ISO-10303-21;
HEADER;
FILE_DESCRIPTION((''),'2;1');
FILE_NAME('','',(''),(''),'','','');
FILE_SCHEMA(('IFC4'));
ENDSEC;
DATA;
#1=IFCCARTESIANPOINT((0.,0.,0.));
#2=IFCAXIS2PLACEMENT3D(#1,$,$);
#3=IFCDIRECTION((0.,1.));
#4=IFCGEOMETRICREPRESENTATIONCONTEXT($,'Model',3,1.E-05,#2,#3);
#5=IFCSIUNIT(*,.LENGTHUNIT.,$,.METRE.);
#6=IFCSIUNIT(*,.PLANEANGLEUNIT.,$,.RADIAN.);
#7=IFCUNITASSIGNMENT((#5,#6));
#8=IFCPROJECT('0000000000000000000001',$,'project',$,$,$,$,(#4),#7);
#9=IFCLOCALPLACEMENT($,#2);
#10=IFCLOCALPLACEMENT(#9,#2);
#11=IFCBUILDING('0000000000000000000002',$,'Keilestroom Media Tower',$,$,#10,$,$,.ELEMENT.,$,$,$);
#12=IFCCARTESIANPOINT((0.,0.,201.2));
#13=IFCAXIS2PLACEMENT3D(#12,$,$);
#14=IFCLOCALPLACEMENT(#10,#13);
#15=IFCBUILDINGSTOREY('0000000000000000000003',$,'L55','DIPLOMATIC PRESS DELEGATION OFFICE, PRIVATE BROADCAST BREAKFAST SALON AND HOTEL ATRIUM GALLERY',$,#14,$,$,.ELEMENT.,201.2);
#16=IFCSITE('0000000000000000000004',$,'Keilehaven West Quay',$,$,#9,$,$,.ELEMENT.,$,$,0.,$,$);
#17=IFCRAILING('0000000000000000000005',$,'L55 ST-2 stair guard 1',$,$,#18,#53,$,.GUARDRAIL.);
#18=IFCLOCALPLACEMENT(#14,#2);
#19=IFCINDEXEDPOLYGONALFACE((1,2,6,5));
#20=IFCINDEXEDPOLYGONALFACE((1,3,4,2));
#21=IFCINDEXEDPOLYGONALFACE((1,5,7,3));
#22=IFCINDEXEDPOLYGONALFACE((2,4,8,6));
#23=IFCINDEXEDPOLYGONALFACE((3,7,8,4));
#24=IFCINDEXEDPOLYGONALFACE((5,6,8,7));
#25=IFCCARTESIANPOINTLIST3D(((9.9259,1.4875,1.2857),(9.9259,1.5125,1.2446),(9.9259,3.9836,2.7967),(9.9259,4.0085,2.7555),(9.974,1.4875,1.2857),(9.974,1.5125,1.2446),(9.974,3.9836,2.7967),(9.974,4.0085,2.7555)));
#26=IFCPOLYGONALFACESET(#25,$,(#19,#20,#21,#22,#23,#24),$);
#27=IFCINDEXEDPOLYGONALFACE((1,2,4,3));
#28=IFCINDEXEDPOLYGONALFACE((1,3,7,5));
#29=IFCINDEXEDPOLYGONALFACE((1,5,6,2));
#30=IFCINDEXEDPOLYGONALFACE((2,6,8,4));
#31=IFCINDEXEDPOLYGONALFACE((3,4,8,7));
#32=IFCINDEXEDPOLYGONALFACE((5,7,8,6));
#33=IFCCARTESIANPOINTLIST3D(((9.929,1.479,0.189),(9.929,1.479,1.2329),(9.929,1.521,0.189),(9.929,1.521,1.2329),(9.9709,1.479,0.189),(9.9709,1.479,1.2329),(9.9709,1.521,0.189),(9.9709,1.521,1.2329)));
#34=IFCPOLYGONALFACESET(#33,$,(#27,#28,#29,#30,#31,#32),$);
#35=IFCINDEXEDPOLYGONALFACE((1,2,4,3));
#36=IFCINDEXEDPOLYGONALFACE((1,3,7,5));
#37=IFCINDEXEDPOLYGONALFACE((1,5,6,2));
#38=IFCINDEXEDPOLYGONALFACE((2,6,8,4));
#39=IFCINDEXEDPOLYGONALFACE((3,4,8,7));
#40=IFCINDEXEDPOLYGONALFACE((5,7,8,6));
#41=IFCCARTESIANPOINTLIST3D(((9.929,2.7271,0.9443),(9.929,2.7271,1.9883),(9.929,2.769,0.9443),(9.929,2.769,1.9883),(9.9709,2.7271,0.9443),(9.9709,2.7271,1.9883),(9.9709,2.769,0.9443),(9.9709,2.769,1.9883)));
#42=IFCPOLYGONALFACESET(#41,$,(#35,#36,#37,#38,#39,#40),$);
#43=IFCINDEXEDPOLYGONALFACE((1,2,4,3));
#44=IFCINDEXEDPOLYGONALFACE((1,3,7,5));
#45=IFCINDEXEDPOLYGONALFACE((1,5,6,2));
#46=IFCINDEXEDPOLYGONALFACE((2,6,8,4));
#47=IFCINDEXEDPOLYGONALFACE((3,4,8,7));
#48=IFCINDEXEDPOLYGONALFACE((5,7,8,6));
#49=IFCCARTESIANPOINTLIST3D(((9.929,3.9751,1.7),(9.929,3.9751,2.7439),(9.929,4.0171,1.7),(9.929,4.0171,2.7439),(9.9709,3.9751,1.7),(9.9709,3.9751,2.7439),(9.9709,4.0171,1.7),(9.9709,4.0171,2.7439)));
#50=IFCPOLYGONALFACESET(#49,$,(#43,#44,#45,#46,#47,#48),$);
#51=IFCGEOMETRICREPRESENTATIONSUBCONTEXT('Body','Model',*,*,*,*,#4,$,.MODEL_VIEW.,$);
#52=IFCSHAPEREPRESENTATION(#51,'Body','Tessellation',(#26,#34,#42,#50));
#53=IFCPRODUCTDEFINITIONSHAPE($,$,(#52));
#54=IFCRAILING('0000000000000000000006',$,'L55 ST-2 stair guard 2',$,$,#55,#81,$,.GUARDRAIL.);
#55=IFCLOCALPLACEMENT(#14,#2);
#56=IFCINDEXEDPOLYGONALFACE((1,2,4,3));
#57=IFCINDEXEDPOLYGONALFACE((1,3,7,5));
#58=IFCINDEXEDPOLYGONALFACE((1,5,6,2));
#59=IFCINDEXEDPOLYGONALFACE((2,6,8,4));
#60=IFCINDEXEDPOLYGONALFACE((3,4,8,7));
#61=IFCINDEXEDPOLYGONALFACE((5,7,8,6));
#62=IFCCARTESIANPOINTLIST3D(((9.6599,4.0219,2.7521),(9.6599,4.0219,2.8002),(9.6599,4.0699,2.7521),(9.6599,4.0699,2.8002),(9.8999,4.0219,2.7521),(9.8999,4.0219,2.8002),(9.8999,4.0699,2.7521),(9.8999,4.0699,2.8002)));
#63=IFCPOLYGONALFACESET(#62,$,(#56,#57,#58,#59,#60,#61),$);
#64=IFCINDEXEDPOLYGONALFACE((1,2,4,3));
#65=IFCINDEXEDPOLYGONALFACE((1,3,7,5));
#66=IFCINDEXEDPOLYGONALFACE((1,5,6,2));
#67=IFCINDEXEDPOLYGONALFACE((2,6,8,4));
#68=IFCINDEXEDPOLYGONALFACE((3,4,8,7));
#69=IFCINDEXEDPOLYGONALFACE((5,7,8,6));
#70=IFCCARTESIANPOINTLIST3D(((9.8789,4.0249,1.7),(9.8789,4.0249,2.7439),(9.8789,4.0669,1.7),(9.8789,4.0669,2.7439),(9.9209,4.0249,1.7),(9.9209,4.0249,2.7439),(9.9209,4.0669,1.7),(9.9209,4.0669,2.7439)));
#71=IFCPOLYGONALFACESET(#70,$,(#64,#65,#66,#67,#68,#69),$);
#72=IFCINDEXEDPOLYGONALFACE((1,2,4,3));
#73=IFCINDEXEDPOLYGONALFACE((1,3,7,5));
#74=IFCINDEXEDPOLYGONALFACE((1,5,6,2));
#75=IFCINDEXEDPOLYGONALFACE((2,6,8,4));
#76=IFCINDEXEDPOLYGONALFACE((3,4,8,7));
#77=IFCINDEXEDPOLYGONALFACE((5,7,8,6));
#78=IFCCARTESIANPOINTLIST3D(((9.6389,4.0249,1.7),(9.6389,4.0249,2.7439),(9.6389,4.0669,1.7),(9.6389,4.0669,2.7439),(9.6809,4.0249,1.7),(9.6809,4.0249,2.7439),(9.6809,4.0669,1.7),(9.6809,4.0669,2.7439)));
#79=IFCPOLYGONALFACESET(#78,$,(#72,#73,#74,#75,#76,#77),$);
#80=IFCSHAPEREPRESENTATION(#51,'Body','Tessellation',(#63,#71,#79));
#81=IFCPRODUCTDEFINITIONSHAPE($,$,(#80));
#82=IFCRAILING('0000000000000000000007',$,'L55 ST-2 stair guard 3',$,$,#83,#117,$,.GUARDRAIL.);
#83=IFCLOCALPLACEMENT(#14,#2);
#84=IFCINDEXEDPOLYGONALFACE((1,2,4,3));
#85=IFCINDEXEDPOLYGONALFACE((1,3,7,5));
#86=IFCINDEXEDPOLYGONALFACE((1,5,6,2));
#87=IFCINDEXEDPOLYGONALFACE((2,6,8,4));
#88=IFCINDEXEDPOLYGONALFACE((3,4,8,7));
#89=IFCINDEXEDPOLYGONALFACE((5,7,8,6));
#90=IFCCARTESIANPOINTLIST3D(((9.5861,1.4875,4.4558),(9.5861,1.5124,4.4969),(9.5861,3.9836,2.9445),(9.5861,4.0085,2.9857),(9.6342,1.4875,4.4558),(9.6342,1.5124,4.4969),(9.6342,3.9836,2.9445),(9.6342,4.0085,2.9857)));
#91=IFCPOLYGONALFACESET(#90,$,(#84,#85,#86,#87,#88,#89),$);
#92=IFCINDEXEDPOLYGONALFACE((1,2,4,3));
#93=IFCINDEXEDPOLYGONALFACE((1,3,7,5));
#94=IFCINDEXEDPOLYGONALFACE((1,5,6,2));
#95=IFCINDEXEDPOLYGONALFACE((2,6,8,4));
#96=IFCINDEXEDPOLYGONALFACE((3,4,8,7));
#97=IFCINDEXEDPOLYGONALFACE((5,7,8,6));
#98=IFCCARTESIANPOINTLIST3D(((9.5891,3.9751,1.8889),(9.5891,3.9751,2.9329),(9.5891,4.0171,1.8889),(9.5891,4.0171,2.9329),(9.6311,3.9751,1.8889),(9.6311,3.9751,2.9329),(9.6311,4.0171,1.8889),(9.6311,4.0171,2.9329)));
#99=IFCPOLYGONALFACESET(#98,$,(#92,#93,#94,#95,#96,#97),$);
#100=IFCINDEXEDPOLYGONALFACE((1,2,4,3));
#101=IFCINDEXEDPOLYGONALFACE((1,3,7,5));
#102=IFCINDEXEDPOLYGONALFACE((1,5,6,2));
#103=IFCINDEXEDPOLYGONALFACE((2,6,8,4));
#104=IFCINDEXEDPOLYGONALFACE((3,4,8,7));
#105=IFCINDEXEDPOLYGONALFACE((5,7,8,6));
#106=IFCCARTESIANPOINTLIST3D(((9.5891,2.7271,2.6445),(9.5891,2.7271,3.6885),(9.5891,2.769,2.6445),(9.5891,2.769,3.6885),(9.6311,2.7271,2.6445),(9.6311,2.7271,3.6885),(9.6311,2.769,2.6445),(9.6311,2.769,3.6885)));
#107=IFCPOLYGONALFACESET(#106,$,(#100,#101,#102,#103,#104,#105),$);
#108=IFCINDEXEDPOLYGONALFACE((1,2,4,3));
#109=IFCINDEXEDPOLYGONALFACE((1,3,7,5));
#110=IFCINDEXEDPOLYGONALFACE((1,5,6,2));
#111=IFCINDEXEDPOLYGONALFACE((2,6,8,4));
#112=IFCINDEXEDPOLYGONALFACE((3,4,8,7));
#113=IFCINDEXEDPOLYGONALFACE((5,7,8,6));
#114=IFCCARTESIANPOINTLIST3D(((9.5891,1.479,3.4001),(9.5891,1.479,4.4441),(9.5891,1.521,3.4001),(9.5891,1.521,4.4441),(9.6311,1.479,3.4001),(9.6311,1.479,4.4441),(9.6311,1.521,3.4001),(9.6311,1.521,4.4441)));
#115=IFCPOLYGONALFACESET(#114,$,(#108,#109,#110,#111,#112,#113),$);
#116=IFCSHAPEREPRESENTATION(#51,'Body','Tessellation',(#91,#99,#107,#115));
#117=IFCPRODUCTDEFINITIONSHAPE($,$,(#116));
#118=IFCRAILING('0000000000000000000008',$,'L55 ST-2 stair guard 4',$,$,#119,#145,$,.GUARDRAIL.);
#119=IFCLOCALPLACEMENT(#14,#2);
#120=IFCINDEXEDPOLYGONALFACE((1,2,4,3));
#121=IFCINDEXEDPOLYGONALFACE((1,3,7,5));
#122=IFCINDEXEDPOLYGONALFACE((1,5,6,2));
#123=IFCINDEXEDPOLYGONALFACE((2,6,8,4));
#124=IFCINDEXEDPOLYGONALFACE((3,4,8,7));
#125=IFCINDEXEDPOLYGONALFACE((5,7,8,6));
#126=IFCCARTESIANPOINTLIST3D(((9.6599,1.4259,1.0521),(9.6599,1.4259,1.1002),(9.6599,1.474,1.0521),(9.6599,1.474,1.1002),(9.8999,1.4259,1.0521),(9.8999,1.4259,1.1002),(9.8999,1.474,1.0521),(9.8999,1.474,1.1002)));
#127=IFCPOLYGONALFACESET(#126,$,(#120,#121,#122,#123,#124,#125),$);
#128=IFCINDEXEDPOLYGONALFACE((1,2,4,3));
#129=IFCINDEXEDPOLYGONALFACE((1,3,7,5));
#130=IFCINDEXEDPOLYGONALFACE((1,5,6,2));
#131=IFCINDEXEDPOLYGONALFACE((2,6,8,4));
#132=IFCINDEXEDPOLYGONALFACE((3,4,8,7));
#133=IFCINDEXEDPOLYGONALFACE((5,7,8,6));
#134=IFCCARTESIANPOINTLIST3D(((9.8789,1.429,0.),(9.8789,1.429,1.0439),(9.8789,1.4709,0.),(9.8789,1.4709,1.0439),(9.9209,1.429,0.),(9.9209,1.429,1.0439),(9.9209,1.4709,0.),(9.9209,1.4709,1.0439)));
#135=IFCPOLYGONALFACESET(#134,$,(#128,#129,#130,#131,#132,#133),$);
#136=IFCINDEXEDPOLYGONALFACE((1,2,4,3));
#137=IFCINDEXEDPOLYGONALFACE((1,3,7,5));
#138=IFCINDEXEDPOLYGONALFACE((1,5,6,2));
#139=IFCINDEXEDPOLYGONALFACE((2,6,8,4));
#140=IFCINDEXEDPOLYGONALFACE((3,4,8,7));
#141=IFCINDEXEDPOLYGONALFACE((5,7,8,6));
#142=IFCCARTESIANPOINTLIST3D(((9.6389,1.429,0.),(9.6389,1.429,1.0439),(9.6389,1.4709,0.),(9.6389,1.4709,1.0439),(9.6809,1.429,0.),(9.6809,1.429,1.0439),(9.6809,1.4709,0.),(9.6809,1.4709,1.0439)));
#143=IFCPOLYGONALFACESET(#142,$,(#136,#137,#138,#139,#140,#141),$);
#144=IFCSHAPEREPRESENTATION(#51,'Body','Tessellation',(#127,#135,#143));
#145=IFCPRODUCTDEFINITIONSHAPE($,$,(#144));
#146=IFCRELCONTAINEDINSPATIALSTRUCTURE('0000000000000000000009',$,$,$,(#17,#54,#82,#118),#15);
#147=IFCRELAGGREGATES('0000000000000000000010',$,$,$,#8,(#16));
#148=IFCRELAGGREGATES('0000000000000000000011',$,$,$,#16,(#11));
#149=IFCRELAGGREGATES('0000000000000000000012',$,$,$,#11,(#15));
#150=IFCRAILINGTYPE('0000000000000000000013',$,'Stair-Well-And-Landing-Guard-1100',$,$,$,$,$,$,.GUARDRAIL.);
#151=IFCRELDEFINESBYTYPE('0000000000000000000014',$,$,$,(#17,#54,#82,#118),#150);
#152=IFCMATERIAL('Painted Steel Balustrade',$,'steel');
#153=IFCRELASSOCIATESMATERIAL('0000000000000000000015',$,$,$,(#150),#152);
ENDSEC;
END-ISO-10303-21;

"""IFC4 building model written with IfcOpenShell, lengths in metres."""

from ifc_helpers import new_model, si_unit, direction, frame, origin, origin_2d, place, context, subcontext, project, spatial, rectangle, extrude, material, type_object, element, save


model = new_model("IFC4")

# Units and contexts
model_context = context("Model", 3, precision=1e-05, world=origin(), true_north=direction((0.0, 1.0)))
body_context = subcontext(model_context, "Body", "Model", "MODEL_VIEW")
ifc_project = project(units=[si_unit("LENGTHUNIT", "METRE"), si_unit("PLANEANGLEUNIT", "RADIAN")], contexts=[model_context])

# Site, building, storey
site_placement = place(None, origin())
site = spatial("IfcSite", under=ifc_project, at=site_placement, Name="Keilehaven West Quay", CompositionType="ELEMENT", RefElevation=0.0)
building_placement = place(site_placement, origin())
building = spatial("IfcBuilding", under=site, at=building_placement, Name="Keilestroom Media Tower", CompositionType="ELEMENT")
storey_placement = place(building_placement, frame((0.0, 0.0, 201.2)))
storey = spatial("IfcBuildingStorey", under=building, at=storey_placement, Name="L55", Description="DIPLOMATIC PRESS DELEGATION OFFICE, PRIVATE BROADCAST BREAKFAST SALON AND HOTEL ATRIUM GALLERY", CompositionType="ELEMENT", Elevation=201.2)

# Railings
ifc_material_1 = material(Name="Painted Steel Balustrade", Category="steel")
railing_type_1 = type_object("IfcRailingType", Name="Stair-Well-And-Landing-Guard-1100", PredefinedType="GUARDRAIL", material=ifc_material_1)
railing_1_placement = place(storey_placement, frame((9.95, 1.5, 0.189)))
element("IfcRailing", 1, at=railing_1_placement, inside=storey, type_object=railing_type_1, Name="L55 ST-2 stair guard 1", PredefinedType="GUARDRAIL", context=body_context, shape_type="SweptSolid", body=[
    extrude(rectangle(XDim=0.0481, YDim=0.0481, at=origin_2d()), frame((0.0, 0.0, 1.0762), z_axis=(0.0, 0.855471, 0.517851), x_axis=(-1.0, 0.0, 0.0)), (0.0, 0.0, 1.0), 2.9177),
    extrude(rectangle(XDim=0.042, YDim=0.042, at=origin_2d()), origin(), (0.0, 0.0, 1.0), 1.0439),
    extrude(rectangle(XDim=0.042, YDim=0.042, at=origin_2d()), frame((0.0, 1.248, 0.7554)), (0.0, 0.0, 1.0), 1.0439),
    extrude(rectangle(XDim=0.042, YDim=0.042, at=origin_2d()), frame((0.0, 2.4961, 1.511)), (0.0, 0.0, 1.0), 1.0439),
])
railing_2_placement = place(storey_placement, frame((9.8999, 4.0459, 1.7)))
element("IfcRailing", 2, at=railing_2_placement, inside=storey, type_object=railing_type_1, Name="L55 ST-2 stair guard 2", PredefinedType="GUARDRAIL", context=body_context, shape_type="SweptSolid", body=[
    extrude(rectangle(XDim=0.0481, YDim=0.0481, at=origin_2d()), frame((0.0, 0.0, 1.0762), z_axis=(-1.0, 0.0, 0.0), x_axis=(0.0, -1.0, 0.0)), (0.0, 0.0, 1.0), 0.24),
    extrude(rectangle(XDim=0.042, YDim=0.042, at=origin_2d()), origin(), (0.0, 0.0, 1.0), 1.0439),
    extrude(rectangle(XDim=0.042, YDim=0.042, at=origin_2d()), frame((-0.24, 0.0, 0.0)), (0.0, 0.0, 1.0), 1.0439),
])
railing_3_placement = place(storey_placement, frame((9.6101, 3.9961, 1.8889)))
element("IfcRailing", 3, at=railing_3_placement, inside=storey, type_object=railing_type_1, Name="L55 ST-2 stair guard 3", PredefinedType="GUARDRAIL", context=body_context, shape_type="SweptSolid", body=[
    extrude(rectangle(XDim=0.0481, YDim=0.0481, at=origin_2d()), frame((0.0, 0.0, 1.0762), z_axis=(0.0, -0.855434, 0.517912), x_axis=(1.0, 0.0, 0.0)), (0.0, 0.0, 1.0), 2.918),
    extrude(rectangle(XDim=0.042, YDim=0.042, at=origin_2d()), origin(), (0.0, 0.0, 1.0), 1.0439),
    extrude(rectangle(XDim=0.042, YDim=0.042, at=origin_2d()), frame((0.0, -1.248, 0.7556)), (0.0, 0.0, 1.0), 1.0439),
    extrude(rectangle(XDim=0.042, YDim=0.042, at=origin_2d()), frame((0.0, -2.4961, 1.5112)), (0.0, 0.0, 1.0), 1.0439),
])
railing_4_placement = place(storey_placement, frame((9.8999, 1.45, 0.0)))
element("IfcRailing", 4, at=railing_4_placement, inside=storey, type_object=railing_type_1, Name="L55 ST-2 stair guard 4", PredefinedType="GUARDRAIL", context=body_context, shape_type="SweptSolid", body=[
    extrude(rectangle(XDim=0.0481, YDim=0.0481, at=origin_2d()), frame((0.0, 0.0, 1.0762), z_axis=(-1.0, 0.0, 0.0), x_axis=(0.0, -1.0, 0.0)), (0.0, 0.0, 1.0), 0.24),
    extrude(rectangle(XDim=0.042, YDim=0.042, at=origin_2d()), origin(), (0.0, 0.0, 1.0), 1.0439),
    extrude(rectangle(XDim=0.042, YDim=0.042, at=origin_2d()), frame((-0.24, 0.0, 0.0)), (0.0, 0.0, 1.0), 1.0439),
])

save(model, "model.ifc")
